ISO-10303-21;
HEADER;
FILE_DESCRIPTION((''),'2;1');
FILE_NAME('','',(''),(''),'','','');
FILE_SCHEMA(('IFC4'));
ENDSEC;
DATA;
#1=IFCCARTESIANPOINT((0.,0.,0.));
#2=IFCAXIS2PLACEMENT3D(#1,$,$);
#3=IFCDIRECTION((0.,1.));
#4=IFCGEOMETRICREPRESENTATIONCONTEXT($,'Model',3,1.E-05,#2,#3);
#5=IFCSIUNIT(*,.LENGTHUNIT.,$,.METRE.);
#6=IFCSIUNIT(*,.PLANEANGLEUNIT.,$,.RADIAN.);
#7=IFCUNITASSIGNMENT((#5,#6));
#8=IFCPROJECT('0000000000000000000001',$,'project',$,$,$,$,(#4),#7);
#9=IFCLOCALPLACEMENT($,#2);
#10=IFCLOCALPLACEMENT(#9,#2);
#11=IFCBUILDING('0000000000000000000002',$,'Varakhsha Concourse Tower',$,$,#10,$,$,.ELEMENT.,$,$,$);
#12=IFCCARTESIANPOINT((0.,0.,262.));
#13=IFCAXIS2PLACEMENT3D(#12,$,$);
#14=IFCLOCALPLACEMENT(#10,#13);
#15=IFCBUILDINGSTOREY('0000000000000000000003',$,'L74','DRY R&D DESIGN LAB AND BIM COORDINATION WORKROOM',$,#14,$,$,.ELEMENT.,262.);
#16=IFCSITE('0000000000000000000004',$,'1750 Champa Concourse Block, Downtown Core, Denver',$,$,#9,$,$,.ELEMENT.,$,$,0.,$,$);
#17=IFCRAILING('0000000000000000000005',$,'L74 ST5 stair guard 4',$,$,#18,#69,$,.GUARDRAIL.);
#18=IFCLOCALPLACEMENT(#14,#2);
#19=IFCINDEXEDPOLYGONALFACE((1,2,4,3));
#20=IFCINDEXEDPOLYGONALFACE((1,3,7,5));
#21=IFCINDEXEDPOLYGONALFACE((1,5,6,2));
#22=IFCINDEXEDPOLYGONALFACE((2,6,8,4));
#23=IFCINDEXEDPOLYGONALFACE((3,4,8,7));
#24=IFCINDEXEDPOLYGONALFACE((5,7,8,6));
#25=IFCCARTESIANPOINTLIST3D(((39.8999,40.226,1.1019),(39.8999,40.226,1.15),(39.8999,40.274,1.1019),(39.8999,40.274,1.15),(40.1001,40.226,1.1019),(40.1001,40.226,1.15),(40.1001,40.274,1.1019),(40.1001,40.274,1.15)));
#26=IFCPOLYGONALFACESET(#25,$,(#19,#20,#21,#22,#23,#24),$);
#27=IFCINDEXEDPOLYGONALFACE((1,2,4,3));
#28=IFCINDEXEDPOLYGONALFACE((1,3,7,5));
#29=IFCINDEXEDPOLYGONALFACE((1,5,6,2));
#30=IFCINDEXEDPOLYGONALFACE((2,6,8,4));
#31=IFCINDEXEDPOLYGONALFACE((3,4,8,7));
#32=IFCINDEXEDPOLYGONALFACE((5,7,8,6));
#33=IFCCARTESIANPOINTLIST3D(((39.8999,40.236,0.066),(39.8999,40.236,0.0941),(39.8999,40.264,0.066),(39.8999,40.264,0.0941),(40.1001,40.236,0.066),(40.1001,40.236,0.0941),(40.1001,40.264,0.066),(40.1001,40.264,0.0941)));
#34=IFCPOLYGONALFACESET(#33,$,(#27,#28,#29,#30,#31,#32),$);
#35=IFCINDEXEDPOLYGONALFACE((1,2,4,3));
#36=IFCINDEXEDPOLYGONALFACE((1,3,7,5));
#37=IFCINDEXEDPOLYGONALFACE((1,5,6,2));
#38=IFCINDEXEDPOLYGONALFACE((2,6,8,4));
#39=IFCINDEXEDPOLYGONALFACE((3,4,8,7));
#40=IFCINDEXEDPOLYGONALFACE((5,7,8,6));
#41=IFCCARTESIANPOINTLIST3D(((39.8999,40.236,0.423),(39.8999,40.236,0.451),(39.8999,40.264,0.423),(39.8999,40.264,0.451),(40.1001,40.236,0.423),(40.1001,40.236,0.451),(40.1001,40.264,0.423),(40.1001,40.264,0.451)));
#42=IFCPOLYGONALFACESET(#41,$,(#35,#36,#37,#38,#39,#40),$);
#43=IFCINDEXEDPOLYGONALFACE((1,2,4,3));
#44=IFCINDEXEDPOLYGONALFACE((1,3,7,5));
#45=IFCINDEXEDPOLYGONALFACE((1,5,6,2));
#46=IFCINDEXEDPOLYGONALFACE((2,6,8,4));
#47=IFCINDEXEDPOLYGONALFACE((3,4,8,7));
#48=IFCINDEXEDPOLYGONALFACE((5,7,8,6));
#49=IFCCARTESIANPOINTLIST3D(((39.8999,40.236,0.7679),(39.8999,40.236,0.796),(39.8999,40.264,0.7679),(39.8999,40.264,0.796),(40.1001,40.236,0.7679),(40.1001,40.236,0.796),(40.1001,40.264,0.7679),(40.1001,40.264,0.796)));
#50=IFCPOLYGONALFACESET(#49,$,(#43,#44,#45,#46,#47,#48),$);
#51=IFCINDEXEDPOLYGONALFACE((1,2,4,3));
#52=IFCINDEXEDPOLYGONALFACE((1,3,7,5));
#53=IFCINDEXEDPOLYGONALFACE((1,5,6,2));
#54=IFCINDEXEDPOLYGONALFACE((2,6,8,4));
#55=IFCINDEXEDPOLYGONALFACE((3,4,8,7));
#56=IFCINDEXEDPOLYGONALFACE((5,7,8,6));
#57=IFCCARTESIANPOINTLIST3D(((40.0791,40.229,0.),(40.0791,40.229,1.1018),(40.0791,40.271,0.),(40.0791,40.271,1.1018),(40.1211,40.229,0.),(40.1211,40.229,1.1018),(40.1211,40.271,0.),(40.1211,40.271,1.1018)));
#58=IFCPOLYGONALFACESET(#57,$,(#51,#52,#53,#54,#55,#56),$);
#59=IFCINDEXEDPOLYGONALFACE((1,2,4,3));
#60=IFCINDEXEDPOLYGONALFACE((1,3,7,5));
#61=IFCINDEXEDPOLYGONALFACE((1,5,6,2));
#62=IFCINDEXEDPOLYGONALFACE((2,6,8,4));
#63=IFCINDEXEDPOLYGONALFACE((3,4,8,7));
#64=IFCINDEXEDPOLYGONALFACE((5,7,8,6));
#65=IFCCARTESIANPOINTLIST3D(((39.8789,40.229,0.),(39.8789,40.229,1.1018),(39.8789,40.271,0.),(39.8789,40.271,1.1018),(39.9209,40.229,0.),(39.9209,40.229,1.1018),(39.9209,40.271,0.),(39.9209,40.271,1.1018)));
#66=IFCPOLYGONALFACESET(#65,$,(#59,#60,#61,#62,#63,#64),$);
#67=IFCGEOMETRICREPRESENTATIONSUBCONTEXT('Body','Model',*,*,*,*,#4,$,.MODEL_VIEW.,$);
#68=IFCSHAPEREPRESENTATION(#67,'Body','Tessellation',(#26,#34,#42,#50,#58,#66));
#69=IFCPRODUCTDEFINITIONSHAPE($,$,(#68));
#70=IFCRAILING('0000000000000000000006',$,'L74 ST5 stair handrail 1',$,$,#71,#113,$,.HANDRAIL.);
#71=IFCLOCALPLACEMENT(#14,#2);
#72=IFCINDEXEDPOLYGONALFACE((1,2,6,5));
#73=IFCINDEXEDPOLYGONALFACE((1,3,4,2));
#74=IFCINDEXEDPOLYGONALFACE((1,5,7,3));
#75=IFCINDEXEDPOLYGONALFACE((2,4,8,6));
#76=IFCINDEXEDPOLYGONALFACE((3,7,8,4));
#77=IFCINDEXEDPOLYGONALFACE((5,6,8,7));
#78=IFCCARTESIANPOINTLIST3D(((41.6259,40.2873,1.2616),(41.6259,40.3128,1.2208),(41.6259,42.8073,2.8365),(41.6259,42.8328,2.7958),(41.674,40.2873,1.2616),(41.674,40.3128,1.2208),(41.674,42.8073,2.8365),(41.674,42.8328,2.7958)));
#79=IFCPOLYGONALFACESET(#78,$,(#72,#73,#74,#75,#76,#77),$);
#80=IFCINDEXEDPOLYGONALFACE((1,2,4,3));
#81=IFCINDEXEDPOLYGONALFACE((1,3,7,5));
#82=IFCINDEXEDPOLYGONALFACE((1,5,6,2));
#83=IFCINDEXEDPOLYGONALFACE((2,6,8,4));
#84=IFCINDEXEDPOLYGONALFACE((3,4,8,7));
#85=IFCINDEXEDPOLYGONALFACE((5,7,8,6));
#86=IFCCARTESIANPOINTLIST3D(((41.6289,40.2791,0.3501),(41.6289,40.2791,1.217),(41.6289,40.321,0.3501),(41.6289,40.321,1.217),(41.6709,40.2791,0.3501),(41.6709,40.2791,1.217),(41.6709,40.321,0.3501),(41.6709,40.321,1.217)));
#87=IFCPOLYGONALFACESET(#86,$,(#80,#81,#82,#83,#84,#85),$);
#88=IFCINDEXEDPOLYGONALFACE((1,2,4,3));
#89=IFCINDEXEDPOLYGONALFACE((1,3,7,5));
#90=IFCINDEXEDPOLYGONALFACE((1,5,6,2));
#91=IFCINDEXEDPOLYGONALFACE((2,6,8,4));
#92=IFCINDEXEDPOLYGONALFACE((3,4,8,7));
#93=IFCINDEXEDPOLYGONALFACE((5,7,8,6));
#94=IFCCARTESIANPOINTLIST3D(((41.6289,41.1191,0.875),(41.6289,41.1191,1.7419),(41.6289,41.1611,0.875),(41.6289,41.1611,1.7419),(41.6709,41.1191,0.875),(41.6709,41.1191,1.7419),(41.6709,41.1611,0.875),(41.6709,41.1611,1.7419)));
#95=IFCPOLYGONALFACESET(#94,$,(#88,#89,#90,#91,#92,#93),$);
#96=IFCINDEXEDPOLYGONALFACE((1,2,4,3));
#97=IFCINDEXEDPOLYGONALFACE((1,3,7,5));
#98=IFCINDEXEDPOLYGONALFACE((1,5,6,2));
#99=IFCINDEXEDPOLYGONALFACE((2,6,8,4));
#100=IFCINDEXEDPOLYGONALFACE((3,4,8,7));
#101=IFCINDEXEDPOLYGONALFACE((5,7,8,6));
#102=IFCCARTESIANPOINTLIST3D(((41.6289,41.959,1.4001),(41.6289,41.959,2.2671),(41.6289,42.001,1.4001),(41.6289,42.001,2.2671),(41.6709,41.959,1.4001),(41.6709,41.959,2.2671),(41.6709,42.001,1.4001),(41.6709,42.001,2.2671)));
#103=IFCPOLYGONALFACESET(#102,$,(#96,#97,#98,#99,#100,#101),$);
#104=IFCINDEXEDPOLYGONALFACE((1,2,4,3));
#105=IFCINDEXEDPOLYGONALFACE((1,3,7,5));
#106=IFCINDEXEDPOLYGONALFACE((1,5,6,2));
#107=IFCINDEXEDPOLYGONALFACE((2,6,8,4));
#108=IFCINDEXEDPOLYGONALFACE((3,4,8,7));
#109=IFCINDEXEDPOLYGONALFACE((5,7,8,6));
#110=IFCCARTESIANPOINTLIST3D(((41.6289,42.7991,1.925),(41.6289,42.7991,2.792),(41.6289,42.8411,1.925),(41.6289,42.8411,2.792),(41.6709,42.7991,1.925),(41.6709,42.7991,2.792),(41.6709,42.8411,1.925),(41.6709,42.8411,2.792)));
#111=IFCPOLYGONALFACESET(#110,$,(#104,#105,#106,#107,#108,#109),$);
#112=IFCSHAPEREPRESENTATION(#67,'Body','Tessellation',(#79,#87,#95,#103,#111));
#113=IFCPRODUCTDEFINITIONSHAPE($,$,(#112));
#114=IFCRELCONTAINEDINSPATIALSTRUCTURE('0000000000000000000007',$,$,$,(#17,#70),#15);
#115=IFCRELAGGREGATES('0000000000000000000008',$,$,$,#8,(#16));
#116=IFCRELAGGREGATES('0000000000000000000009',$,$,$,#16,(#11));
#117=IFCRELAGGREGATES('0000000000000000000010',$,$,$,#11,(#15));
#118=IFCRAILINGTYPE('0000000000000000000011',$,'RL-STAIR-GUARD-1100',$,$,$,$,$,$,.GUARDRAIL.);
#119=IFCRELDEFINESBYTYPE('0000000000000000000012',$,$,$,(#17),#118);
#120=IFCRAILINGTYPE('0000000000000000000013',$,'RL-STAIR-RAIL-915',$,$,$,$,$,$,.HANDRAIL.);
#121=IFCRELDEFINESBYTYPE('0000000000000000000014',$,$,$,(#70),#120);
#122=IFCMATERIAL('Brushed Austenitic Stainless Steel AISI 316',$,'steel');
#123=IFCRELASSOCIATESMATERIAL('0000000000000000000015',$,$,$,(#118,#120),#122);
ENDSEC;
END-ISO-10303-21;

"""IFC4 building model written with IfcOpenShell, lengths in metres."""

from ifc_helpers import new_model, si_unit, direction, frame, origin, origin_2d, place, context, subcontext, project, spatial, rectangle, extrude, material, type_object, element, save


model = new_model("IFC4")

# Units and contexts
model_context = context("Model", 3, precision=1e-05, world=origin(), true_north=direction((0.0, 1.0)))
body_context = subcontext(model_context, "Body", "Model", "MODEL_VIEW")
ifc_project = project(units=[si_unit("LENGTHUNIT", "METRE"), si_unit("PLANEANGLEUNIT", "RADIAN")], contexts=[model_context])

# Site, building, storey
site_placement = place(None, origin())
site = spatial("IfcSite", under=ifc_project, at=site_placement, Name="1750 Champa Concourse Block, Downtown Core, Denver", CompositionType="ELEMENT", RefElevation=0.0)
building_placement = place(site_placement, origin())
building = spatial("IfcBuilding", under=site, at=building_placement, Name="Varakhsha Concourse Tower", CompositionType="ELEMENT")
storey_placement = place(building_placement, frame((0.0, 0.0, 262.0)))
storey = spatial("IfcBuildingStorey", under=building, at=storey_placement, Name="L74", Description="DRY R&D DESIGN LAB AND BIM COORDINATION WORKROOM", CompositionType="ELEMENT", Elevation=262.0)

# Railings
ifc_material_1 = material(Name="Brushed Austenitic Stainless Steel AISI 316", Category="steel")
railing_type_1 = type_object("IfcRailingType", Name="RL-STAIR-GUARD-1100", PredefinedType="GUARDRAIL", material=ifc_material_1)
railing_1_placement = place(storey_placement, frame((40.1001, 40.25, 0.0)))
element("IfcRailing", 1, at=railing_1_placement, inside=storey, type_object=railing_type_1, Name="L74 ST5 stair guard 4", PredefinedType="GUARDRAIL", context=body_context, shape_type="SweptSolid", body=[
    extrude(rectangle(XDim=0.0481, YDim=0.0481, at=origin_2d()), frame((0.0, 0.0, 1.126), z_axis=(-1.0, 0.0, 0.0), x_axis=(0.0, -1.0, 0.0)), (0.0, 0.0, 1.0), 0.2002),
    extrude(rectangle(XDim=0.0281, YDim=0.0281, at=origin_2d()), frame((0.0, 0.0, 0.0801), z_axis=(-1.0, 0.0, 0.0), x_axis=(0.0, -1.0, 0.0)), (0.0, 0.0, 1.0), 0.2002),
    extrude(rectangle(XDim=0.0281, YDim=0.0281, at=origin_2d()), frame((0.0, 0.0, 0.437), z_axis=(-1.0, 0.0, 0.0), x_axis=(0.0, -1.0, 0.0)), (0.0, 0.0, 1.0), 0.2002),
    extrude(rectangle(XDim=0.0281, YDim=0.0281, at=origin_2d()), frame((0.0, 0.0, 0.782), z_axis=(-1.0, 0.0, 0.0), x_axis=(0.0, -1.0, 0.0)), (0.0, 0.0, 1.0), 0.2002),
    extrude(rectangle(XDim=0.042, YDim=0.042, at=origin_2d()), origin(), (0.0, 0.0, 1.0), 1.1018),
    extrude(rectangle(XDim=0.042, YDim=0.042, at=origin_2d()), frame((-0.2002, 0.0, 0.0)), (0.0, 0.0, 1.0), 1.1018),
])
railing_type_2 = type_object("IfcRailingType", Name="RL-STAIR-RAIL-915", PredefinedType="HANDRAIL", material=ifc_material_1)
railing_2_placement = place(storey_placement, frame((41.6499, 40.3, 0.3501)))
element("IfcRailing", 2, at=railing_2_placement, inside=storey, type_object=railing_type_2, Name="L74 ST5 stair handrail 1", PredefinedType="HANDRAIL", context=body_context, shape_type="SweptSolid", body=[
    extrude(rectangle(XDim=0.0481, YDim=0.0481, at=origin_2d()), frame((0.0, 0.0, 0.8911), z_axis=(0.0, 0.848008, 0.529984), x_axis=(-1.0, 0.0, 0.0)), (0.0, 0.0, 1.0), 2.9717),
    extrude(rectangle(XDim=0.042, YDim=0.042, at=origin_2d()), origin(), (0.0, 0.0, 1.0), 0.8669),
    extrude(rectangle(XDim=0.042, YDim=0.042, at=origin_2d()), frame((0.0, 0.8401, 0.5249)), (0.0, 0.0, 1.0), 0.8669),
    extrude(rectangle(XDim=0.042, YDim=0.042, at=origin_2d()), frame((0.0, 1.6799, 1.05)), (0.0, 0.0, 1.0), 0.8669),
    extrude(rectangle(XDim=0.042, YDim=0.042, at=origin_2d()), frame((0.0, 2.52, 1.575)), (0.0, 0.0, 1.0), 0.8669),
])

save(model, "model.ifc")
